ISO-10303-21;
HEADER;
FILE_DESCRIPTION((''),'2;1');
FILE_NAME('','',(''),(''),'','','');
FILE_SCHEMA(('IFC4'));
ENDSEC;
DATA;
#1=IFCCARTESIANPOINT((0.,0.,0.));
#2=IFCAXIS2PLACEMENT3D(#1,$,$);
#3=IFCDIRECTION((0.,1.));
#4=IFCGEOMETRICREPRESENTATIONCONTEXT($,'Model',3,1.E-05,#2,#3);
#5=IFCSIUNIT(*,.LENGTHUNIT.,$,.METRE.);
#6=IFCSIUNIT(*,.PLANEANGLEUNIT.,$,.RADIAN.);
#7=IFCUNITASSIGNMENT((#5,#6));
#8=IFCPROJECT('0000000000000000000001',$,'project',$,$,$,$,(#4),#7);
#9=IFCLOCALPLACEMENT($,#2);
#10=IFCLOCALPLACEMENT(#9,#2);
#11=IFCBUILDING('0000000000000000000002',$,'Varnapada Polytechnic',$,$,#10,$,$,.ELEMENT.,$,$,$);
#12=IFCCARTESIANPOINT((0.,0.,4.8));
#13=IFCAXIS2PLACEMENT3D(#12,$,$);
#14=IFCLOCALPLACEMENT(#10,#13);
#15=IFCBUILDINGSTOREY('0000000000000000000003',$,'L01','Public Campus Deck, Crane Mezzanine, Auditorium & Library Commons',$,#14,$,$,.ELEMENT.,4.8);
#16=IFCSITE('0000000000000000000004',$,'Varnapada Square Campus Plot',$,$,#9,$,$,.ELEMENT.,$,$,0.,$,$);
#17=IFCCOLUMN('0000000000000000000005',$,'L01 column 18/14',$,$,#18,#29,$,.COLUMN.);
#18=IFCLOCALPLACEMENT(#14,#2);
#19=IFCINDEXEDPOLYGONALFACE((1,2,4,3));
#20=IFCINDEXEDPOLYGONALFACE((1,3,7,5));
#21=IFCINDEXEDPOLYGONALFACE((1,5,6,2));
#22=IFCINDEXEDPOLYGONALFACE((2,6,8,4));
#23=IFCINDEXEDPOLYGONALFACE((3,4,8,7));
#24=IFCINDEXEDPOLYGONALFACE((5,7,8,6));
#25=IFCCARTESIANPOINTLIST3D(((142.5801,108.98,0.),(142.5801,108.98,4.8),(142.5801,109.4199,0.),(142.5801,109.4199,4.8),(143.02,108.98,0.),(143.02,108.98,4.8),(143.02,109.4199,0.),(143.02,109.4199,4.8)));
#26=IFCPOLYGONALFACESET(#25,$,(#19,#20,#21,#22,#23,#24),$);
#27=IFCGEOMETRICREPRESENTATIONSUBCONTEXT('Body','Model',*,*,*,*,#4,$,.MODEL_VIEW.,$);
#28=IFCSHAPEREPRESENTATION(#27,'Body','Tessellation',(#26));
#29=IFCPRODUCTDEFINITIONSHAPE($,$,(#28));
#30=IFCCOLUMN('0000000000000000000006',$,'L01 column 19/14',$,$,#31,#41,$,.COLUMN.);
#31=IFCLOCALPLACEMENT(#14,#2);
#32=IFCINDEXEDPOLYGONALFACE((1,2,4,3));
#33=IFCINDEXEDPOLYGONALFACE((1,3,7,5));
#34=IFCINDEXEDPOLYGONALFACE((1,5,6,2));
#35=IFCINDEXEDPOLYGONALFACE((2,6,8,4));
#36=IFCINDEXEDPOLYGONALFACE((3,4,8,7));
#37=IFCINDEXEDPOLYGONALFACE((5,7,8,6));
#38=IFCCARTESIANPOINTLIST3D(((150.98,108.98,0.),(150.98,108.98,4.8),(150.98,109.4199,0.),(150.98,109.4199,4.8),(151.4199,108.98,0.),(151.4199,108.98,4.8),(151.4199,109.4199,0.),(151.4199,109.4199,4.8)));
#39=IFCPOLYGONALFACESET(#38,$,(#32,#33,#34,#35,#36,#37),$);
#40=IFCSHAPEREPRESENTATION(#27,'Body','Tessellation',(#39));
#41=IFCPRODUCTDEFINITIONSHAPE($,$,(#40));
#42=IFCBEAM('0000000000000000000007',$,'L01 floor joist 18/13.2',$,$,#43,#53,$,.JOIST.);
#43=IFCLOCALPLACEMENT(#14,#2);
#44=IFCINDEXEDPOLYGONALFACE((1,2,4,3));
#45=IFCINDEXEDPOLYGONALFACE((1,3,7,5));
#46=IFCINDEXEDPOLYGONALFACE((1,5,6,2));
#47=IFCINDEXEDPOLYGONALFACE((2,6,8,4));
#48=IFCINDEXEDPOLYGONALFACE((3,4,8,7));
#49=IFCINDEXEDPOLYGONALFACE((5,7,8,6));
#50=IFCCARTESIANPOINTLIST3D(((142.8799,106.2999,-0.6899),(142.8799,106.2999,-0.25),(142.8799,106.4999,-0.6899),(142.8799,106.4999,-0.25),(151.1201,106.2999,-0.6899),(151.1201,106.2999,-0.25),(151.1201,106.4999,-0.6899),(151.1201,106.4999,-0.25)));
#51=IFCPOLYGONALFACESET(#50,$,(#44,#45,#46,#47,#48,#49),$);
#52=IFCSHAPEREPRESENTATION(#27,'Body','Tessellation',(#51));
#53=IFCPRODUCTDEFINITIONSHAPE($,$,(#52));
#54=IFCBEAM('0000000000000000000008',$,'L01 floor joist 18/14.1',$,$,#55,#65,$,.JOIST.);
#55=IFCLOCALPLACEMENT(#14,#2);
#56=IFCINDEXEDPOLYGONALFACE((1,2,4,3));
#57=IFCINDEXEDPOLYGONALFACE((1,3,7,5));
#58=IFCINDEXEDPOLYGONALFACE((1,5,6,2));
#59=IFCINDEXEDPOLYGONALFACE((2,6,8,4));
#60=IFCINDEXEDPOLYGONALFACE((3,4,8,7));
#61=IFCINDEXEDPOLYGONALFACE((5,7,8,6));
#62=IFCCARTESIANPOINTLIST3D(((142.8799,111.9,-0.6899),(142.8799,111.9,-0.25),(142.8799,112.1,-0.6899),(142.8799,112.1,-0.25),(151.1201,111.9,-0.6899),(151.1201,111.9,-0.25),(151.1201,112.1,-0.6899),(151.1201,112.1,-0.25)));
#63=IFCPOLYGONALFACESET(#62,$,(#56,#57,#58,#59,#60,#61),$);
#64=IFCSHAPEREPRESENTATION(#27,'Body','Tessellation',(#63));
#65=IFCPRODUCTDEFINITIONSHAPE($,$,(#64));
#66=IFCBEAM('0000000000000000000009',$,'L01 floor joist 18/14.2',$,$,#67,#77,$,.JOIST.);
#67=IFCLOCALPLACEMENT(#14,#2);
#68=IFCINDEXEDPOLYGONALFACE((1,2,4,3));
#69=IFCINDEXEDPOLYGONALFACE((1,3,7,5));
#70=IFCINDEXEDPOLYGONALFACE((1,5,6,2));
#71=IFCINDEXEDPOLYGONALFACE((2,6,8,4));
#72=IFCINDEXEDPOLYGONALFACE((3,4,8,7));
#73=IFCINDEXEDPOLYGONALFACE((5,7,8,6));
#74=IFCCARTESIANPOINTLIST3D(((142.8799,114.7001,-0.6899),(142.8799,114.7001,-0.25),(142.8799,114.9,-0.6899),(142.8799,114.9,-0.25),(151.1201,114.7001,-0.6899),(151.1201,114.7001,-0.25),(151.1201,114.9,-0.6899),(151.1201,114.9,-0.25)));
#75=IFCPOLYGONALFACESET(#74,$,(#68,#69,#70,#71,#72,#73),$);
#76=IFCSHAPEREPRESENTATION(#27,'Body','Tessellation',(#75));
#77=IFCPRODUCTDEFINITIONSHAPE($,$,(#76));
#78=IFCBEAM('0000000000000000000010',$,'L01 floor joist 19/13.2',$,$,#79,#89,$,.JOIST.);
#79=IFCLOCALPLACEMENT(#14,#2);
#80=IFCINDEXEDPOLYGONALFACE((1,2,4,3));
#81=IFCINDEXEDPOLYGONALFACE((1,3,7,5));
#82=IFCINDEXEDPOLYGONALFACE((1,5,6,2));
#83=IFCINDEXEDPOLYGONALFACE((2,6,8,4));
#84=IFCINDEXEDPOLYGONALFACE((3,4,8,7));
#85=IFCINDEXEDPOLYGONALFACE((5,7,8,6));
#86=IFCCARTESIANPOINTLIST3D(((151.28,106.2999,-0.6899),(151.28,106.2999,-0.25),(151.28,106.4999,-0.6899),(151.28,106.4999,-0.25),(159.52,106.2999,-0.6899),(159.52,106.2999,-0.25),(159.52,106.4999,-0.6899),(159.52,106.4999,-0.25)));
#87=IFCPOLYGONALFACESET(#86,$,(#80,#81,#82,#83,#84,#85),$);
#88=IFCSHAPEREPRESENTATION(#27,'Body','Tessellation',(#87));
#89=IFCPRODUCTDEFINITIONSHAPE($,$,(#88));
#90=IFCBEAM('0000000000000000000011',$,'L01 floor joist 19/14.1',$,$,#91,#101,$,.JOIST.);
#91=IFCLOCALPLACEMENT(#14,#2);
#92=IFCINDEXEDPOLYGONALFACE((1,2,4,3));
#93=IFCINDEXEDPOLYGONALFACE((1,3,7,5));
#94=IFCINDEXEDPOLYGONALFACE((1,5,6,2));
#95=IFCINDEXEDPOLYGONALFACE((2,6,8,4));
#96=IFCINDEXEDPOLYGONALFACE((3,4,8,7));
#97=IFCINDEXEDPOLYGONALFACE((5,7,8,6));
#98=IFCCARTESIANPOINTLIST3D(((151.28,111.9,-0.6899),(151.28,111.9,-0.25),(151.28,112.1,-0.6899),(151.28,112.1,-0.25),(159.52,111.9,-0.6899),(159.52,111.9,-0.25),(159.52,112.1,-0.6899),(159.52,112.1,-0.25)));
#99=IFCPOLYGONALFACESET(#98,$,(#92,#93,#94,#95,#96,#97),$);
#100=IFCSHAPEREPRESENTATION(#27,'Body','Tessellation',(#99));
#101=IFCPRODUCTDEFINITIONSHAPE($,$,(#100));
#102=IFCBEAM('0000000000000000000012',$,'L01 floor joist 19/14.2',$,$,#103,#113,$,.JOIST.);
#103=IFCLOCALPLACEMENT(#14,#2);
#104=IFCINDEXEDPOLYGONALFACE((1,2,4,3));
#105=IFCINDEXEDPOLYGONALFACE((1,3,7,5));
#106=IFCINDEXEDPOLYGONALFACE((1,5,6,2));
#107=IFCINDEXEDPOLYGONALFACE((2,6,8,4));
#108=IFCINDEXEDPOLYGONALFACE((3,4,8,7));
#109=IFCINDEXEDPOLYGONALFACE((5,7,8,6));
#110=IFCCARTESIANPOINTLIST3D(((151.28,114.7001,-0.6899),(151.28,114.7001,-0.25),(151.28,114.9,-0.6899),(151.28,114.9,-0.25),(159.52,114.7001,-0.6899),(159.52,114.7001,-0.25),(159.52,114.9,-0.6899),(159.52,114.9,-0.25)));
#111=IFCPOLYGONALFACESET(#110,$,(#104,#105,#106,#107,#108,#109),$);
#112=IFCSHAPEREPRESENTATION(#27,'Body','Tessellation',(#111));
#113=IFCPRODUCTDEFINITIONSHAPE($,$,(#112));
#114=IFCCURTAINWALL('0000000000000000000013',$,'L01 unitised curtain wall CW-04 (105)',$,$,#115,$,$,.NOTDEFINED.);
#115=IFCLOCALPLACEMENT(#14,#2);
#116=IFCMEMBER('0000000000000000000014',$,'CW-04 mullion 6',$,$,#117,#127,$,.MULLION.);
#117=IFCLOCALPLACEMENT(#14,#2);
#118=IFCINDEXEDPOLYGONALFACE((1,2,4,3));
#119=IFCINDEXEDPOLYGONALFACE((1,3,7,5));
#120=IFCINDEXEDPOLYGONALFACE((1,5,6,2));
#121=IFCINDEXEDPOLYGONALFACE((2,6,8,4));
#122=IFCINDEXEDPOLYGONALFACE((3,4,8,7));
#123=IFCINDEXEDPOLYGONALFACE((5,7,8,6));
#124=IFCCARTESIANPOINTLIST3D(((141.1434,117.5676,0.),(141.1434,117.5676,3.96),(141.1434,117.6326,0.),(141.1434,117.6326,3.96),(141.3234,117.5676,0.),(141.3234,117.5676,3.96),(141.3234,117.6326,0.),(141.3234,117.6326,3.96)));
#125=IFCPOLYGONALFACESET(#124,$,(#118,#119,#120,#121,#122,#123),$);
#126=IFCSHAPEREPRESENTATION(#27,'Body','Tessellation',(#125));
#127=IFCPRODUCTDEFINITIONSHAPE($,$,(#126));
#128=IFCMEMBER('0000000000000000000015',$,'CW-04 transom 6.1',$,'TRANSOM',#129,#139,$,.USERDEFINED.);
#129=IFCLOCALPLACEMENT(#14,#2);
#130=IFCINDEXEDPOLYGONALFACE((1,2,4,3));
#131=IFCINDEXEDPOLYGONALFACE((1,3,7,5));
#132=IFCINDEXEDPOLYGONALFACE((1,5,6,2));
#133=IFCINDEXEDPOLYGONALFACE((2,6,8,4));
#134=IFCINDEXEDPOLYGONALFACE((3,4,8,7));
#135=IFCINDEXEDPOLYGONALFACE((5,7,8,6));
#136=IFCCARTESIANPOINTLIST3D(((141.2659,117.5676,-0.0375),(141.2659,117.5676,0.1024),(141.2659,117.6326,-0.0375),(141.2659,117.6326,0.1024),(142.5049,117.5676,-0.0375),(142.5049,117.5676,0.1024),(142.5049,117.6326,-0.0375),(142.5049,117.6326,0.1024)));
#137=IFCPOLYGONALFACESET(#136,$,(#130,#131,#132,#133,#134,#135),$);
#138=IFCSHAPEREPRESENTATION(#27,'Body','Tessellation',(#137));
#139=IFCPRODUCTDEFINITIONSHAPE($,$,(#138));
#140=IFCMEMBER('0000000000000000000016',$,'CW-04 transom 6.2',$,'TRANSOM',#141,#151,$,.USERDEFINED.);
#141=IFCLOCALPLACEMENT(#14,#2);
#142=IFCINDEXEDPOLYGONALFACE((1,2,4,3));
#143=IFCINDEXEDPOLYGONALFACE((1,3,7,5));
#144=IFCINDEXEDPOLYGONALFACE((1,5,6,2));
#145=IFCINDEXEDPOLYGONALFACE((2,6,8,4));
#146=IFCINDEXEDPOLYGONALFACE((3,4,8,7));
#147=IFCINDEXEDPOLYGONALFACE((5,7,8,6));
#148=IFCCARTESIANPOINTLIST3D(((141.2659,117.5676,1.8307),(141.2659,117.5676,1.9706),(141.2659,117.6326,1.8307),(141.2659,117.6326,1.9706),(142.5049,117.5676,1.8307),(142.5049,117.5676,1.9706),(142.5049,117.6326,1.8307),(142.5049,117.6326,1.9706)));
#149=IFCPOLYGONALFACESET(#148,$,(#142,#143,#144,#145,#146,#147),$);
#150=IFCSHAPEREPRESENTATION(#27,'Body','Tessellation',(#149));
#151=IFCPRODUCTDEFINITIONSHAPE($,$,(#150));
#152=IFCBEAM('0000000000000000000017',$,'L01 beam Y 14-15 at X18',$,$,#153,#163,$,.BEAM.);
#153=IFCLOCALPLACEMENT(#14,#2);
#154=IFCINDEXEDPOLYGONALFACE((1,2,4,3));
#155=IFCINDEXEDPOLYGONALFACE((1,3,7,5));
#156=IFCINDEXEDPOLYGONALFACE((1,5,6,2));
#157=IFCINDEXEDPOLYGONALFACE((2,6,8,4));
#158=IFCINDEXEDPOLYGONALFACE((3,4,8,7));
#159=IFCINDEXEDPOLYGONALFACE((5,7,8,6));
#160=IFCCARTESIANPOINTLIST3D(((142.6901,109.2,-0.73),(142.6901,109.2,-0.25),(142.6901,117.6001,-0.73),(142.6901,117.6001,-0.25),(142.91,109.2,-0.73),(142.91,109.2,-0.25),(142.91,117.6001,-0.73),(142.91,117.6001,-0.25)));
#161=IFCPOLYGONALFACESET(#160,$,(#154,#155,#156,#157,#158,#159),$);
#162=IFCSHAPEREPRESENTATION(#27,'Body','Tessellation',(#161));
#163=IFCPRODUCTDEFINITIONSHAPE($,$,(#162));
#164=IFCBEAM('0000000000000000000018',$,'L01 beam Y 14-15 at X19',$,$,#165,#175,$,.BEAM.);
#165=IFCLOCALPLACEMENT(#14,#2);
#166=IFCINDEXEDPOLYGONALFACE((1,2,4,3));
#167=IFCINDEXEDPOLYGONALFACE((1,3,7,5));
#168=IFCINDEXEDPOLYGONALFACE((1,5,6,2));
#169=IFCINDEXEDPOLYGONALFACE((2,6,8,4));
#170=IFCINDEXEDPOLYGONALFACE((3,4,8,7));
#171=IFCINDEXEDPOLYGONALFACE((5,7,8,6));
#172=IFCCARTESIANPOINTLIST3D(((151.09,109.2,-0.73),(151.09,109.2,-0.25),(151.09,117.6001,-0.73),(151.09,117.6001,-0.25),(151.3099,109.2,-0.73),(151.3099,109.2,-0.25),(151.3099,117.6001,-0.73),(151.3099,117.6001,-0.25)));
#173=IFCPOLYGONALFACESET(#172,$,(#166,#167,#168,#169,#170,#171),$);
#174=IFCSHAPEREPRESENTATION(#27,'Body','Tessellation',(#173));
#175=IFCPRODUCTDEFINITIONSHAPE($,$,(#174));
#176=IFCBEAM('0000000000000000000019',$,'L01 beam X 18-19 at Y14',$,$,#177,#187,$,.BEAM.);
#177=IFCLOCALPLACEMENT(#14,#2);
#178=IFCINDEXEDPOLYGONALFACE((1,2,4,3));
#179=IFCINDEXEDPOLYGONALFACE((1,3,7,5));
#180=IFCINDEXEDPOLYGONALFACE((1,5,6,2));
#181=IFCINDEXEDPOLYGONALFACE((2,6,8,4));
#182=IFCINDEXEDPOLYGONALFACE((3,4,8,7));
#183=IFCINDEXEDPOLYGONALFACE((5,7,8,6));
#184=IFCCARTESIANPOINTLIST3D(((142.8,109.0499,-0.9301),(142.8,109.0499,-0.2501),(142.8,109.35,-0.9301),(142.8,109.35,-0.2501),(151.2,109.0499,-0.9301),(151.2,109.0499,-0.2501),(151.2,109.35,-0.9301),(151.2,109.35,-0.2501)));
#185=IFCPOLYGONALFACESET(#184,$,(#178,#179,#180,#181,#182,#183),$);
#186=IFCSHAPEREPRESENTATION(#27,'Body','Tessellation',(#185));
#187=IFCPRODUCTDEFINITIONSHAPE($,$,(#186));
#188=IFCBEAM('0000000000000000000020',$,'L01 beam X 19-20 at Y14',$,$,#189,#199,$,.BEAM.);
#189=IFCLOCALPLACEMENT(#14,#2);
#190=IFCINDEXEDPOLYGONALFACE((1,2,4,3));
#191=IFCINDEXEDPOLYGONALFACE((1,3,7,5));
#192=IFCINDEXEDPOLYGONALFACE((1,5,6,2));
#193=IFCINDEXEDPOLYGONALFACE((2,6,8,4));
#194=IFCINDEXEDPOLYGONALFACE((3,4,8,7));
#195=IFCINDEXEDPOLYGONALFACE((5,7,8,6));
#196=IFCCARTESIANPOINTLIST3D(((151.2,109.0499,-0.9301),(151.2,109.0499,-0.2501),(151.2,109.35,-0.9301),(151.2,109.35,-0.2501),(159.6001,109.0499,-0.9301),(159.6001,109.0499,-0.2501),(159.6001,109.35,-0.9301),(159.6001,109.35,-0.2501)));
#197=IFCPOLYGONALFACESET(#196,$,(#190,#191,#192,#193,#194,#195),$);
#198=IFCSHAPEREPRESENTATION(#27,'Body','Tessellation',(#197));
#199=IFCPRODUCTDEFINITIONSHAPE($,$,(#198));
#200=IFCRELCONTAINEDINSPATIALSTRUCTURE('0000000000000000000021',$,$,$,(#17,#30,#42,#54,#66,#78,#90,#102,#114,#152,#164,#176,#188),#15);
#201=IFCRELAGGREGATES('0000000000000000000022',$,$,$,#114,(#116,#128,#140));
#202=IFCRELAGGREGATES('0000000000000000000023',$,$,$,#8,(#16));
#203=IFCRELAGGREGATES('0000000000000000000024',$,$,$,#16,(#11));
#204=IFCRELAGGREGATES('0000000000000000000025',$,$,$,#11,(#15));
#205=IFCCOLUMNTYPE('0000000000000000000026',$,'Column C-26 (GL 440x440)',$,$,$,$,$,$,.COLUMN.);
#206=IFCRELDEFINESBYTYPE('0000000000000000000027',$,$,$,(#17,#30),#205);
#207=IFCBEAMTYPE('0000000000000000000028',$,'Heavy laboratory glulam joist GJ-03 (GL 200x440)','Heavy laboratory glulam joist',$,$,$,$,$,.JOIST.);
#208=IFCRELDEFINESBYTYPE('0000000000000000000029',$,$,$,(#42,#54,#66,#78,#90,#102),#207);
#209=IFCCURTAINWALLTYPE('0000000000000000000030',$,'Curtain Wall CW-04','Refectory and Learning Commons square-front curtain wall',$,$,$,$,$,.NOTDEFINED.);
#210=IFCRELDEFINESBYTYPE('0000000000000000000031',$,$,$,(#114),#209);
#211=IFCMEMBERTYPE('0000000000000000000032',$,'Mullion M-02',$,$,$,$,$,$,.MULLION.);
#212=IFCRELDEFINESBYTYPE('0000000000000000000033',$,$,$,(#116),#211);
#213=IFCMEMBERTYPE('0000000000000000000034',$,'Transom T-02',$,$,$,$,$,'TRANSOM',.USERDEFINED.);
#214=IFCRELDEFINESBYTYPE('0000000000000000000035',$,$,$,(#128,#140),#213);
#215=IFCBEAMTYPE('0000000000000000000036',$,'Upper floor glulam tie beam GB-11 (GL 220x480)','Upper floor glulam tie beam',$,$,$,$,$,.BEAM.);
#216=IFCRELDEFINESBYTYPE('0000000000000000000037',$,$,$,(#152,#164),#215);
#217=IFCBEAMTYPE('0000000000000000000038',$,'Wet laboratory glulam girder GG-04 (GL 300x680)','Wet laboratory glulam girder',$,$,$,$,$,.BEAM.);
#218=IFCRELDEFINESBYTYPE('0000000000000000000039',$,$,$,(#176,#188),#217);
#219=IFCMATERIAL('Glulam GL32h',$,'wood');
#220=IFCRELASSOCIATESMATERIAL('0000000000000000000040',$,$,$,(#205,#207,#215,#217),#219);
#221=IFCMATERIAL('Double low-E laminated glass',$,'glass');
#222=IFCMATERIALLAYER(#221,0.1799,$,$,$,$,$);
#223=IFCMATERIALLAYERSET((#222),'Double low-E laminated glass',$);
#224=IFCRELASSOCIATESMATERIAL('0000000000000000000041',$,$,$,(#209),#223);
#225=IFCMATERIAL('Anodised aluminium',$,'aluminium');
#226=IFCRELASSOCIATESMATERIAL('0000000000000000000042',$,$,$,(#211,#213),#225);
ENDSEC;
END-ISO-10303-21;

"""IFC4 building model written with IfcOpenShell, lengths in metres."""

from ifc_helpers import new_model, si_unit, direction, frame, origin, origin_2d, place, context, subcontext, project, spatial, rectangle, extrude, material, layer, layer_set, material_profile, profile_set, type_object, element, aggregate, save


model = new_model("IFC4")

# Units and contexts
model_context = context("Model", 3, precision=1e-05, world=origin(), true_north=direction((0.0, 1.0)))
body_context = subcontext(model_context, "Body", "Model", "MODEL_VIEW")
ifc_project = project(units=[si_unit("LENGTHUNIT", "METRE"), si_unit("PLANEANGLEUNIT", "RADIAN")], contexts=[model_context])

# Site, building, storey
site_placement = place(None, origin())
site = spatial("IfcSite", under=ifc_project, at=site_placement, Name="Varnapada Square Campus Plot", CompositionType="ELEMENT", RefElevation=0.0)
building_placement = place(site_placement, origin())
building = spatial("IfcBuilding", under=site, at=building_placement, Name="Varnapada Polytechnic", CompositionType="ELEMENT")
storey_placement = place(building_placement, frame((0.0, 0.0, 4.8)))
storey = spatial("IfcBuildingStorey", under=building, at=storey_placement, Name="L01", Description="Public Campus Deck, Crane Mezzanine, Auditorium & Library Commons", CompositionType="ELEMENT", Elevation=4.8)

# Columns
ifc_material_1 = material(Name="Glulam GL32h", Category="wood")
ifc_material_profile_1 = material_profile(ifc_material_1, rectangle(XDim=0.4399, YDim=0.4399, at=origin_2d()), Name="GL 440x440")
ifc_profile_set_1 = profile_set([ifc_material_profile_1], Name="Glulam GL32h")
column_type = type_object("IfcColumnType", Name="Column C-26 (GL 440x440)", PredefinedType="COLUMN", material=ifc_profile_set_1)
for number, where, z_axis, x_axis, name in (
    (1, (142.8, 109.2, 0.0), (0.0, 0.0, 1.0), (1.0, 0.0, 0.0), "L01 column 18/14"),
    (2, (151.2, 109.2, 0.0), (0.0, 0.0, 1.0), (1.0, 0.0, 0.0), "L01 column 19/14"),
):
    element("IfcColumn", number, at=place(storey_placement, frame(where, z_axis=z_axis, x_axis=x_axis)), inside=storey, type_object=column_type, Name=name, PredefinedType="COLUMN", context=body_context, shape_type="SweptSolid", body=[
        extrude(rectangle(XDim=0.4399, YDim=0.4399, at=origin_2d()), origin(), (0.0, 0.0, 1.0), 4.8),
    ])

# Beams
ifc_material_profile_2 = material_profile(ifc_material_1, rectangle(XDim=0.2, YDim=0.4399, at=origin_2d()), Name="GL 200x440")
ifc_profile_set_2 = profile_set([ifc_material_profile_2], Name="Glulam GL32h")
beam_type_1 = type_object("IfcBeamType", Name="Heavy laboratory glulam joist GJ-03 (GL 200x440)", Description="Heavy laboratory glulam joist", PredefinedType="JOIST", material=ifc_profile_set_2)
for number, where, z_axis, x_axis, name in (
    (3, (142.8799, 106.3999, -0.47), (1.0, 0.0, 0.0), (0.0, 1.0, 0.0), "L01 floor joist 18/13.2"),
    (4, (142.8799, 112.0, -0.47), (1.0, 0.0, 0.0), (0.0, 1.0, 0.0), "L01 floor joist 18/14.1"),
    (5, (142.8799, 114.8, -0.47), (1.0, 0.0, 0.0), (0.0, 1.0, 0.0), "L01 floor joist 18/14.2"),
):
    element("IfcBeam", number, at=place(storey_placement, frame(where, z_axis=z_axis, x_axis=x_axis)), inside=storey, type_object=beam_type_1, Name=name, PredefinedType="JOIST", context=body_context, shape_type="SweptSolid", body=[
        extrude(rectangle(XDim=0.2, YDim=0.4399, at=origin_2d()), origin(), (0.0, 0.0, 1.0), 8.2402),
    ])
for number, where, z_axis, x_axis, name in (
    (6, (151.28, 106.3999, -0.47), (1.0, 0.0, 0.0), (0.0, 1.0, 0.0), "L01 floor joist 19/13.2"),
    (7, (151.28, 112.0, -0.47), (1.0, 0.0, 0.0), (0.0, 1.0, 0.0), "L01 floor joist 19/14.1"),
    (8, (151.28, 114.8, -0.47), (1.0, 0.0, 0.0), (0.0, 1.0, 0.0), "L01 floor joist 19/14.2"),
):
    element("IfcBeam", number, at=place(storey_placement, frame(where, z_axis=z_axis, x_axis=x_axis)), inside=storey, type_object=beam_type_1, Name=name, PredefinedType="JOIST", context=body_context, shape_type="SweptSolid", body=[
        extrude(rectangle(XDim=0.2, YDim=0.4399, at=origin_2d()), origin(), (0.0, 0.0, 1.0), 8.24),
    ])

# Curtain wall, members
ifc_material_2 = material(Name="Double low-E laminated glass", Category="glass")
ifc_layer_1 = layer(ifc_material_2, 0.1799)
ifc_layer_set_1 = layer_set([ifc_layer_1], Name="Double low-E laminated glass")
curtain_wall_type = type_object("IfcCurtainWallType", Name="Curtain Wall CW-04", Description="Refectory and Learning Commons square-front curtain wall", PredefinedType="NOTDEFINED", material=ifc_layer_set_1)
curtain_wall_placement = place(storey_placement, origin())
curtain_wall = element("IfcCurtainWall", 9, at=curtain_wall_placement, inside=storey, type_object=curtain_wall_type, Name="L01 unitised curtain wall CW-04 (105)", PredefinedType="NOTDEFINED")
ifc_material_3 = material(Name="Anodised aluminium", Category="aluminium")
ifc_material_profile_3 = material_profile(ifc_material_3, rectangle(XDim=0.0649, YDim=0.1799, at=origin_2d()), Name="ALU M65x180")
ifc_profile_set_3 = profile_set([ifc_material_profile_3], Name="Anodised aluminium")
member_type_1 = type_object("IfcMemberType", Name="Mullion M-02", PredefinedType="MULLION", material=ifc_profile_set_3)
member_1_placement = place(storey_placement, frame((141.2334, 117.6001, 0.0), z_axis=(0.0, 0.0, 1.0), x_axis=(0.0, 1.0, 0.0)))
member_1 = element("IfcMember", 10, at=member_1_placement, type_object=member_type_1, Name="CW-04 mullion 6", PredefinedType="MULLION", context=body_context, shape_type="SweptSolid", body=[
    extrude(rectangle(XDim=0.0649, YDim=0.1799, at=origin_2d()), origin(), (0.0, 0.0, 1.0), 3.96),
])
ifc_material_profile_4 = material_profile(ifc_material_3, rectangle(XDim=0.0649, YDim=0.1399, at=origin_2d()), Name="ALU T65x140")
ifc_profile_set_4 = profile_set([ifc_material_profile_4], Name="Anodised aluminium")
member_type_2 = type_object("IfcMemberType", Name="Transom T-02", ElementType="TRANSOM", PredefinedType="USERDEFINED", material=ifc_profile_set_4)
member_2_placement = place(storey_placement, frame((141.2659, 117.6001, 0.0325), z_axis=(1.0, 0.0, 0.0), x_axis=(0.0, 1.0, 0.0)))
member_2 = element("IfcMember", 11, at=member_2_placement, type_object=member_type_2, Name="CW-04 transom 6.1", ObjectType="TRANSOM", PredefinedType="USERDEFINED", context=body_context, shape_type="SweptSolid", body=[
    extrude(rectangle(XDim=0.0649, YDim=0.1399, at=origin_2d()), origin(), (0.0, 0.0, 1.0), 1.239),
])
member_3_placement = place(storey_placement, frame((141.2659, 117.6001, 1.9006), z_axis=(1.0, 0.0, 0.0), x_axis=(0.0, 1.0, 0.0)))
member_3 = element("IfcMember", 12, at=member_3_placement, type_object=member_type_2, Name="CW-04 transom 6.2", ObjectType="TRANSOM", PredefinedType="USERDEFINED", context=body_context, shape_type="SweptSolid", body=[
    extrude(rectangle(XDim=0.0649, YDim=0.1399, at=origin_2d()), origin(), (0.0, 0.0, 1.0), 1.239),
])

# Beams
ifc_material_profile_5 = material_profile(ifc_material_1, rectangle(XDim=0.22, YDim=0.48, at=origin_2d()), Name="GL 220x480")
ifc_profile_set_5 = profile_set([ifc_material_profile_5], Name="Glulam GL32h")
beam_type_2 = type_object("IfcBeamType", Name="Upper floor glulam tie beam GB-11 (GL 220x480)", Description="Upper floor glulam tie beam", PredefinedType="BEAM", material=ifc_profile_set_5)
for number, where, z_axis, x_axis, name in (
    (13, (142.8, 109.2, -0.49), (0.0, 1.0, 0.0), (-1.0, 0.0, 0.0), "L01 beam Y 14-15 at X18"),
    (14, (151.2, 109.2, -0.49), (0.0, 1.0, 0.0), (-1.0, 0.0, 0.0), "L01 beam Y 14-15 at X19"),
):
    element("IfcBeam", number, at=place(storey_placement, frame(where, z_axis=z_axis, x_axis=x_axis)), inside=storey, type_object=beam_type_2, Name=name, PredefinedType="BEAM", context=body_context, shape_type="SweptSolid", body=[
        extrude(rectangle(XDim=0.22, YDim=0.48, at=origin_2d()), origin(), (0.0, 0.0, 1.0), 8.4001),
    ])
ifc_material_profile_6 = material_profile(ifc_material_1, rectangle(XDim=0.3, YDim=0.6799, at=origin_2d()), Name="GL 300x680")
ifc_profile_set_6 = profile_set([ifc_material_profile_6], Name="Glulam GL32h")
beam_type_3 = type_object("IfcBeamType", Name="Wet laboratory glulam girder GG-04 (GL 300x680)", Description="Wet laboratory glulam girder", PredefinedType="BEAM", material=ifc_profile_set_6)
beam_1_placement = place(storey_placement, frame((142.8, 109.2, -0.5901), z_axis=(1.0, 0.0, 0.0), x_axis=(0.0, 1.0, 0.0)))
element("IfcBeam", 15, at=beam_1_placement, inside=storey, type_object=beam_type_3, Name="L01 beam X 18-19 at Y14", PredefinedType="BEAM", context=body_context, shape_type="SweptSolid", body=[
    extrude(rectangle(XDim=0.3, YDim=0.6799, at=origin_2d()), origin(), (0.0, 0.0, 1.0), 8.3999),
])
beam_2_placement = place(storey_placement, frame((151.2, 109.2, -0.5901), z_axis=(1.0, 0.0, 0.0), x_axis=(0.0, 1.0, 0.0)))
element("IfcBeam", 16, at=beam_2_placement, inside=storey, type_object=beam_type_3, Name="L01 beam X 19-20 at Y14", PredefinedType="BEAM", context=body_context, shape_type="SweptSolid", body=[
    extrude(rectangle(XDim=0.3, YDim=0.6799, at=origin_2d()), origin(), (0.0, 0.0, 1.0), 8.4001),
])

aggregate(curtain_wall, [member_1, member_2, member_3])

save(model, "model.ifc")
